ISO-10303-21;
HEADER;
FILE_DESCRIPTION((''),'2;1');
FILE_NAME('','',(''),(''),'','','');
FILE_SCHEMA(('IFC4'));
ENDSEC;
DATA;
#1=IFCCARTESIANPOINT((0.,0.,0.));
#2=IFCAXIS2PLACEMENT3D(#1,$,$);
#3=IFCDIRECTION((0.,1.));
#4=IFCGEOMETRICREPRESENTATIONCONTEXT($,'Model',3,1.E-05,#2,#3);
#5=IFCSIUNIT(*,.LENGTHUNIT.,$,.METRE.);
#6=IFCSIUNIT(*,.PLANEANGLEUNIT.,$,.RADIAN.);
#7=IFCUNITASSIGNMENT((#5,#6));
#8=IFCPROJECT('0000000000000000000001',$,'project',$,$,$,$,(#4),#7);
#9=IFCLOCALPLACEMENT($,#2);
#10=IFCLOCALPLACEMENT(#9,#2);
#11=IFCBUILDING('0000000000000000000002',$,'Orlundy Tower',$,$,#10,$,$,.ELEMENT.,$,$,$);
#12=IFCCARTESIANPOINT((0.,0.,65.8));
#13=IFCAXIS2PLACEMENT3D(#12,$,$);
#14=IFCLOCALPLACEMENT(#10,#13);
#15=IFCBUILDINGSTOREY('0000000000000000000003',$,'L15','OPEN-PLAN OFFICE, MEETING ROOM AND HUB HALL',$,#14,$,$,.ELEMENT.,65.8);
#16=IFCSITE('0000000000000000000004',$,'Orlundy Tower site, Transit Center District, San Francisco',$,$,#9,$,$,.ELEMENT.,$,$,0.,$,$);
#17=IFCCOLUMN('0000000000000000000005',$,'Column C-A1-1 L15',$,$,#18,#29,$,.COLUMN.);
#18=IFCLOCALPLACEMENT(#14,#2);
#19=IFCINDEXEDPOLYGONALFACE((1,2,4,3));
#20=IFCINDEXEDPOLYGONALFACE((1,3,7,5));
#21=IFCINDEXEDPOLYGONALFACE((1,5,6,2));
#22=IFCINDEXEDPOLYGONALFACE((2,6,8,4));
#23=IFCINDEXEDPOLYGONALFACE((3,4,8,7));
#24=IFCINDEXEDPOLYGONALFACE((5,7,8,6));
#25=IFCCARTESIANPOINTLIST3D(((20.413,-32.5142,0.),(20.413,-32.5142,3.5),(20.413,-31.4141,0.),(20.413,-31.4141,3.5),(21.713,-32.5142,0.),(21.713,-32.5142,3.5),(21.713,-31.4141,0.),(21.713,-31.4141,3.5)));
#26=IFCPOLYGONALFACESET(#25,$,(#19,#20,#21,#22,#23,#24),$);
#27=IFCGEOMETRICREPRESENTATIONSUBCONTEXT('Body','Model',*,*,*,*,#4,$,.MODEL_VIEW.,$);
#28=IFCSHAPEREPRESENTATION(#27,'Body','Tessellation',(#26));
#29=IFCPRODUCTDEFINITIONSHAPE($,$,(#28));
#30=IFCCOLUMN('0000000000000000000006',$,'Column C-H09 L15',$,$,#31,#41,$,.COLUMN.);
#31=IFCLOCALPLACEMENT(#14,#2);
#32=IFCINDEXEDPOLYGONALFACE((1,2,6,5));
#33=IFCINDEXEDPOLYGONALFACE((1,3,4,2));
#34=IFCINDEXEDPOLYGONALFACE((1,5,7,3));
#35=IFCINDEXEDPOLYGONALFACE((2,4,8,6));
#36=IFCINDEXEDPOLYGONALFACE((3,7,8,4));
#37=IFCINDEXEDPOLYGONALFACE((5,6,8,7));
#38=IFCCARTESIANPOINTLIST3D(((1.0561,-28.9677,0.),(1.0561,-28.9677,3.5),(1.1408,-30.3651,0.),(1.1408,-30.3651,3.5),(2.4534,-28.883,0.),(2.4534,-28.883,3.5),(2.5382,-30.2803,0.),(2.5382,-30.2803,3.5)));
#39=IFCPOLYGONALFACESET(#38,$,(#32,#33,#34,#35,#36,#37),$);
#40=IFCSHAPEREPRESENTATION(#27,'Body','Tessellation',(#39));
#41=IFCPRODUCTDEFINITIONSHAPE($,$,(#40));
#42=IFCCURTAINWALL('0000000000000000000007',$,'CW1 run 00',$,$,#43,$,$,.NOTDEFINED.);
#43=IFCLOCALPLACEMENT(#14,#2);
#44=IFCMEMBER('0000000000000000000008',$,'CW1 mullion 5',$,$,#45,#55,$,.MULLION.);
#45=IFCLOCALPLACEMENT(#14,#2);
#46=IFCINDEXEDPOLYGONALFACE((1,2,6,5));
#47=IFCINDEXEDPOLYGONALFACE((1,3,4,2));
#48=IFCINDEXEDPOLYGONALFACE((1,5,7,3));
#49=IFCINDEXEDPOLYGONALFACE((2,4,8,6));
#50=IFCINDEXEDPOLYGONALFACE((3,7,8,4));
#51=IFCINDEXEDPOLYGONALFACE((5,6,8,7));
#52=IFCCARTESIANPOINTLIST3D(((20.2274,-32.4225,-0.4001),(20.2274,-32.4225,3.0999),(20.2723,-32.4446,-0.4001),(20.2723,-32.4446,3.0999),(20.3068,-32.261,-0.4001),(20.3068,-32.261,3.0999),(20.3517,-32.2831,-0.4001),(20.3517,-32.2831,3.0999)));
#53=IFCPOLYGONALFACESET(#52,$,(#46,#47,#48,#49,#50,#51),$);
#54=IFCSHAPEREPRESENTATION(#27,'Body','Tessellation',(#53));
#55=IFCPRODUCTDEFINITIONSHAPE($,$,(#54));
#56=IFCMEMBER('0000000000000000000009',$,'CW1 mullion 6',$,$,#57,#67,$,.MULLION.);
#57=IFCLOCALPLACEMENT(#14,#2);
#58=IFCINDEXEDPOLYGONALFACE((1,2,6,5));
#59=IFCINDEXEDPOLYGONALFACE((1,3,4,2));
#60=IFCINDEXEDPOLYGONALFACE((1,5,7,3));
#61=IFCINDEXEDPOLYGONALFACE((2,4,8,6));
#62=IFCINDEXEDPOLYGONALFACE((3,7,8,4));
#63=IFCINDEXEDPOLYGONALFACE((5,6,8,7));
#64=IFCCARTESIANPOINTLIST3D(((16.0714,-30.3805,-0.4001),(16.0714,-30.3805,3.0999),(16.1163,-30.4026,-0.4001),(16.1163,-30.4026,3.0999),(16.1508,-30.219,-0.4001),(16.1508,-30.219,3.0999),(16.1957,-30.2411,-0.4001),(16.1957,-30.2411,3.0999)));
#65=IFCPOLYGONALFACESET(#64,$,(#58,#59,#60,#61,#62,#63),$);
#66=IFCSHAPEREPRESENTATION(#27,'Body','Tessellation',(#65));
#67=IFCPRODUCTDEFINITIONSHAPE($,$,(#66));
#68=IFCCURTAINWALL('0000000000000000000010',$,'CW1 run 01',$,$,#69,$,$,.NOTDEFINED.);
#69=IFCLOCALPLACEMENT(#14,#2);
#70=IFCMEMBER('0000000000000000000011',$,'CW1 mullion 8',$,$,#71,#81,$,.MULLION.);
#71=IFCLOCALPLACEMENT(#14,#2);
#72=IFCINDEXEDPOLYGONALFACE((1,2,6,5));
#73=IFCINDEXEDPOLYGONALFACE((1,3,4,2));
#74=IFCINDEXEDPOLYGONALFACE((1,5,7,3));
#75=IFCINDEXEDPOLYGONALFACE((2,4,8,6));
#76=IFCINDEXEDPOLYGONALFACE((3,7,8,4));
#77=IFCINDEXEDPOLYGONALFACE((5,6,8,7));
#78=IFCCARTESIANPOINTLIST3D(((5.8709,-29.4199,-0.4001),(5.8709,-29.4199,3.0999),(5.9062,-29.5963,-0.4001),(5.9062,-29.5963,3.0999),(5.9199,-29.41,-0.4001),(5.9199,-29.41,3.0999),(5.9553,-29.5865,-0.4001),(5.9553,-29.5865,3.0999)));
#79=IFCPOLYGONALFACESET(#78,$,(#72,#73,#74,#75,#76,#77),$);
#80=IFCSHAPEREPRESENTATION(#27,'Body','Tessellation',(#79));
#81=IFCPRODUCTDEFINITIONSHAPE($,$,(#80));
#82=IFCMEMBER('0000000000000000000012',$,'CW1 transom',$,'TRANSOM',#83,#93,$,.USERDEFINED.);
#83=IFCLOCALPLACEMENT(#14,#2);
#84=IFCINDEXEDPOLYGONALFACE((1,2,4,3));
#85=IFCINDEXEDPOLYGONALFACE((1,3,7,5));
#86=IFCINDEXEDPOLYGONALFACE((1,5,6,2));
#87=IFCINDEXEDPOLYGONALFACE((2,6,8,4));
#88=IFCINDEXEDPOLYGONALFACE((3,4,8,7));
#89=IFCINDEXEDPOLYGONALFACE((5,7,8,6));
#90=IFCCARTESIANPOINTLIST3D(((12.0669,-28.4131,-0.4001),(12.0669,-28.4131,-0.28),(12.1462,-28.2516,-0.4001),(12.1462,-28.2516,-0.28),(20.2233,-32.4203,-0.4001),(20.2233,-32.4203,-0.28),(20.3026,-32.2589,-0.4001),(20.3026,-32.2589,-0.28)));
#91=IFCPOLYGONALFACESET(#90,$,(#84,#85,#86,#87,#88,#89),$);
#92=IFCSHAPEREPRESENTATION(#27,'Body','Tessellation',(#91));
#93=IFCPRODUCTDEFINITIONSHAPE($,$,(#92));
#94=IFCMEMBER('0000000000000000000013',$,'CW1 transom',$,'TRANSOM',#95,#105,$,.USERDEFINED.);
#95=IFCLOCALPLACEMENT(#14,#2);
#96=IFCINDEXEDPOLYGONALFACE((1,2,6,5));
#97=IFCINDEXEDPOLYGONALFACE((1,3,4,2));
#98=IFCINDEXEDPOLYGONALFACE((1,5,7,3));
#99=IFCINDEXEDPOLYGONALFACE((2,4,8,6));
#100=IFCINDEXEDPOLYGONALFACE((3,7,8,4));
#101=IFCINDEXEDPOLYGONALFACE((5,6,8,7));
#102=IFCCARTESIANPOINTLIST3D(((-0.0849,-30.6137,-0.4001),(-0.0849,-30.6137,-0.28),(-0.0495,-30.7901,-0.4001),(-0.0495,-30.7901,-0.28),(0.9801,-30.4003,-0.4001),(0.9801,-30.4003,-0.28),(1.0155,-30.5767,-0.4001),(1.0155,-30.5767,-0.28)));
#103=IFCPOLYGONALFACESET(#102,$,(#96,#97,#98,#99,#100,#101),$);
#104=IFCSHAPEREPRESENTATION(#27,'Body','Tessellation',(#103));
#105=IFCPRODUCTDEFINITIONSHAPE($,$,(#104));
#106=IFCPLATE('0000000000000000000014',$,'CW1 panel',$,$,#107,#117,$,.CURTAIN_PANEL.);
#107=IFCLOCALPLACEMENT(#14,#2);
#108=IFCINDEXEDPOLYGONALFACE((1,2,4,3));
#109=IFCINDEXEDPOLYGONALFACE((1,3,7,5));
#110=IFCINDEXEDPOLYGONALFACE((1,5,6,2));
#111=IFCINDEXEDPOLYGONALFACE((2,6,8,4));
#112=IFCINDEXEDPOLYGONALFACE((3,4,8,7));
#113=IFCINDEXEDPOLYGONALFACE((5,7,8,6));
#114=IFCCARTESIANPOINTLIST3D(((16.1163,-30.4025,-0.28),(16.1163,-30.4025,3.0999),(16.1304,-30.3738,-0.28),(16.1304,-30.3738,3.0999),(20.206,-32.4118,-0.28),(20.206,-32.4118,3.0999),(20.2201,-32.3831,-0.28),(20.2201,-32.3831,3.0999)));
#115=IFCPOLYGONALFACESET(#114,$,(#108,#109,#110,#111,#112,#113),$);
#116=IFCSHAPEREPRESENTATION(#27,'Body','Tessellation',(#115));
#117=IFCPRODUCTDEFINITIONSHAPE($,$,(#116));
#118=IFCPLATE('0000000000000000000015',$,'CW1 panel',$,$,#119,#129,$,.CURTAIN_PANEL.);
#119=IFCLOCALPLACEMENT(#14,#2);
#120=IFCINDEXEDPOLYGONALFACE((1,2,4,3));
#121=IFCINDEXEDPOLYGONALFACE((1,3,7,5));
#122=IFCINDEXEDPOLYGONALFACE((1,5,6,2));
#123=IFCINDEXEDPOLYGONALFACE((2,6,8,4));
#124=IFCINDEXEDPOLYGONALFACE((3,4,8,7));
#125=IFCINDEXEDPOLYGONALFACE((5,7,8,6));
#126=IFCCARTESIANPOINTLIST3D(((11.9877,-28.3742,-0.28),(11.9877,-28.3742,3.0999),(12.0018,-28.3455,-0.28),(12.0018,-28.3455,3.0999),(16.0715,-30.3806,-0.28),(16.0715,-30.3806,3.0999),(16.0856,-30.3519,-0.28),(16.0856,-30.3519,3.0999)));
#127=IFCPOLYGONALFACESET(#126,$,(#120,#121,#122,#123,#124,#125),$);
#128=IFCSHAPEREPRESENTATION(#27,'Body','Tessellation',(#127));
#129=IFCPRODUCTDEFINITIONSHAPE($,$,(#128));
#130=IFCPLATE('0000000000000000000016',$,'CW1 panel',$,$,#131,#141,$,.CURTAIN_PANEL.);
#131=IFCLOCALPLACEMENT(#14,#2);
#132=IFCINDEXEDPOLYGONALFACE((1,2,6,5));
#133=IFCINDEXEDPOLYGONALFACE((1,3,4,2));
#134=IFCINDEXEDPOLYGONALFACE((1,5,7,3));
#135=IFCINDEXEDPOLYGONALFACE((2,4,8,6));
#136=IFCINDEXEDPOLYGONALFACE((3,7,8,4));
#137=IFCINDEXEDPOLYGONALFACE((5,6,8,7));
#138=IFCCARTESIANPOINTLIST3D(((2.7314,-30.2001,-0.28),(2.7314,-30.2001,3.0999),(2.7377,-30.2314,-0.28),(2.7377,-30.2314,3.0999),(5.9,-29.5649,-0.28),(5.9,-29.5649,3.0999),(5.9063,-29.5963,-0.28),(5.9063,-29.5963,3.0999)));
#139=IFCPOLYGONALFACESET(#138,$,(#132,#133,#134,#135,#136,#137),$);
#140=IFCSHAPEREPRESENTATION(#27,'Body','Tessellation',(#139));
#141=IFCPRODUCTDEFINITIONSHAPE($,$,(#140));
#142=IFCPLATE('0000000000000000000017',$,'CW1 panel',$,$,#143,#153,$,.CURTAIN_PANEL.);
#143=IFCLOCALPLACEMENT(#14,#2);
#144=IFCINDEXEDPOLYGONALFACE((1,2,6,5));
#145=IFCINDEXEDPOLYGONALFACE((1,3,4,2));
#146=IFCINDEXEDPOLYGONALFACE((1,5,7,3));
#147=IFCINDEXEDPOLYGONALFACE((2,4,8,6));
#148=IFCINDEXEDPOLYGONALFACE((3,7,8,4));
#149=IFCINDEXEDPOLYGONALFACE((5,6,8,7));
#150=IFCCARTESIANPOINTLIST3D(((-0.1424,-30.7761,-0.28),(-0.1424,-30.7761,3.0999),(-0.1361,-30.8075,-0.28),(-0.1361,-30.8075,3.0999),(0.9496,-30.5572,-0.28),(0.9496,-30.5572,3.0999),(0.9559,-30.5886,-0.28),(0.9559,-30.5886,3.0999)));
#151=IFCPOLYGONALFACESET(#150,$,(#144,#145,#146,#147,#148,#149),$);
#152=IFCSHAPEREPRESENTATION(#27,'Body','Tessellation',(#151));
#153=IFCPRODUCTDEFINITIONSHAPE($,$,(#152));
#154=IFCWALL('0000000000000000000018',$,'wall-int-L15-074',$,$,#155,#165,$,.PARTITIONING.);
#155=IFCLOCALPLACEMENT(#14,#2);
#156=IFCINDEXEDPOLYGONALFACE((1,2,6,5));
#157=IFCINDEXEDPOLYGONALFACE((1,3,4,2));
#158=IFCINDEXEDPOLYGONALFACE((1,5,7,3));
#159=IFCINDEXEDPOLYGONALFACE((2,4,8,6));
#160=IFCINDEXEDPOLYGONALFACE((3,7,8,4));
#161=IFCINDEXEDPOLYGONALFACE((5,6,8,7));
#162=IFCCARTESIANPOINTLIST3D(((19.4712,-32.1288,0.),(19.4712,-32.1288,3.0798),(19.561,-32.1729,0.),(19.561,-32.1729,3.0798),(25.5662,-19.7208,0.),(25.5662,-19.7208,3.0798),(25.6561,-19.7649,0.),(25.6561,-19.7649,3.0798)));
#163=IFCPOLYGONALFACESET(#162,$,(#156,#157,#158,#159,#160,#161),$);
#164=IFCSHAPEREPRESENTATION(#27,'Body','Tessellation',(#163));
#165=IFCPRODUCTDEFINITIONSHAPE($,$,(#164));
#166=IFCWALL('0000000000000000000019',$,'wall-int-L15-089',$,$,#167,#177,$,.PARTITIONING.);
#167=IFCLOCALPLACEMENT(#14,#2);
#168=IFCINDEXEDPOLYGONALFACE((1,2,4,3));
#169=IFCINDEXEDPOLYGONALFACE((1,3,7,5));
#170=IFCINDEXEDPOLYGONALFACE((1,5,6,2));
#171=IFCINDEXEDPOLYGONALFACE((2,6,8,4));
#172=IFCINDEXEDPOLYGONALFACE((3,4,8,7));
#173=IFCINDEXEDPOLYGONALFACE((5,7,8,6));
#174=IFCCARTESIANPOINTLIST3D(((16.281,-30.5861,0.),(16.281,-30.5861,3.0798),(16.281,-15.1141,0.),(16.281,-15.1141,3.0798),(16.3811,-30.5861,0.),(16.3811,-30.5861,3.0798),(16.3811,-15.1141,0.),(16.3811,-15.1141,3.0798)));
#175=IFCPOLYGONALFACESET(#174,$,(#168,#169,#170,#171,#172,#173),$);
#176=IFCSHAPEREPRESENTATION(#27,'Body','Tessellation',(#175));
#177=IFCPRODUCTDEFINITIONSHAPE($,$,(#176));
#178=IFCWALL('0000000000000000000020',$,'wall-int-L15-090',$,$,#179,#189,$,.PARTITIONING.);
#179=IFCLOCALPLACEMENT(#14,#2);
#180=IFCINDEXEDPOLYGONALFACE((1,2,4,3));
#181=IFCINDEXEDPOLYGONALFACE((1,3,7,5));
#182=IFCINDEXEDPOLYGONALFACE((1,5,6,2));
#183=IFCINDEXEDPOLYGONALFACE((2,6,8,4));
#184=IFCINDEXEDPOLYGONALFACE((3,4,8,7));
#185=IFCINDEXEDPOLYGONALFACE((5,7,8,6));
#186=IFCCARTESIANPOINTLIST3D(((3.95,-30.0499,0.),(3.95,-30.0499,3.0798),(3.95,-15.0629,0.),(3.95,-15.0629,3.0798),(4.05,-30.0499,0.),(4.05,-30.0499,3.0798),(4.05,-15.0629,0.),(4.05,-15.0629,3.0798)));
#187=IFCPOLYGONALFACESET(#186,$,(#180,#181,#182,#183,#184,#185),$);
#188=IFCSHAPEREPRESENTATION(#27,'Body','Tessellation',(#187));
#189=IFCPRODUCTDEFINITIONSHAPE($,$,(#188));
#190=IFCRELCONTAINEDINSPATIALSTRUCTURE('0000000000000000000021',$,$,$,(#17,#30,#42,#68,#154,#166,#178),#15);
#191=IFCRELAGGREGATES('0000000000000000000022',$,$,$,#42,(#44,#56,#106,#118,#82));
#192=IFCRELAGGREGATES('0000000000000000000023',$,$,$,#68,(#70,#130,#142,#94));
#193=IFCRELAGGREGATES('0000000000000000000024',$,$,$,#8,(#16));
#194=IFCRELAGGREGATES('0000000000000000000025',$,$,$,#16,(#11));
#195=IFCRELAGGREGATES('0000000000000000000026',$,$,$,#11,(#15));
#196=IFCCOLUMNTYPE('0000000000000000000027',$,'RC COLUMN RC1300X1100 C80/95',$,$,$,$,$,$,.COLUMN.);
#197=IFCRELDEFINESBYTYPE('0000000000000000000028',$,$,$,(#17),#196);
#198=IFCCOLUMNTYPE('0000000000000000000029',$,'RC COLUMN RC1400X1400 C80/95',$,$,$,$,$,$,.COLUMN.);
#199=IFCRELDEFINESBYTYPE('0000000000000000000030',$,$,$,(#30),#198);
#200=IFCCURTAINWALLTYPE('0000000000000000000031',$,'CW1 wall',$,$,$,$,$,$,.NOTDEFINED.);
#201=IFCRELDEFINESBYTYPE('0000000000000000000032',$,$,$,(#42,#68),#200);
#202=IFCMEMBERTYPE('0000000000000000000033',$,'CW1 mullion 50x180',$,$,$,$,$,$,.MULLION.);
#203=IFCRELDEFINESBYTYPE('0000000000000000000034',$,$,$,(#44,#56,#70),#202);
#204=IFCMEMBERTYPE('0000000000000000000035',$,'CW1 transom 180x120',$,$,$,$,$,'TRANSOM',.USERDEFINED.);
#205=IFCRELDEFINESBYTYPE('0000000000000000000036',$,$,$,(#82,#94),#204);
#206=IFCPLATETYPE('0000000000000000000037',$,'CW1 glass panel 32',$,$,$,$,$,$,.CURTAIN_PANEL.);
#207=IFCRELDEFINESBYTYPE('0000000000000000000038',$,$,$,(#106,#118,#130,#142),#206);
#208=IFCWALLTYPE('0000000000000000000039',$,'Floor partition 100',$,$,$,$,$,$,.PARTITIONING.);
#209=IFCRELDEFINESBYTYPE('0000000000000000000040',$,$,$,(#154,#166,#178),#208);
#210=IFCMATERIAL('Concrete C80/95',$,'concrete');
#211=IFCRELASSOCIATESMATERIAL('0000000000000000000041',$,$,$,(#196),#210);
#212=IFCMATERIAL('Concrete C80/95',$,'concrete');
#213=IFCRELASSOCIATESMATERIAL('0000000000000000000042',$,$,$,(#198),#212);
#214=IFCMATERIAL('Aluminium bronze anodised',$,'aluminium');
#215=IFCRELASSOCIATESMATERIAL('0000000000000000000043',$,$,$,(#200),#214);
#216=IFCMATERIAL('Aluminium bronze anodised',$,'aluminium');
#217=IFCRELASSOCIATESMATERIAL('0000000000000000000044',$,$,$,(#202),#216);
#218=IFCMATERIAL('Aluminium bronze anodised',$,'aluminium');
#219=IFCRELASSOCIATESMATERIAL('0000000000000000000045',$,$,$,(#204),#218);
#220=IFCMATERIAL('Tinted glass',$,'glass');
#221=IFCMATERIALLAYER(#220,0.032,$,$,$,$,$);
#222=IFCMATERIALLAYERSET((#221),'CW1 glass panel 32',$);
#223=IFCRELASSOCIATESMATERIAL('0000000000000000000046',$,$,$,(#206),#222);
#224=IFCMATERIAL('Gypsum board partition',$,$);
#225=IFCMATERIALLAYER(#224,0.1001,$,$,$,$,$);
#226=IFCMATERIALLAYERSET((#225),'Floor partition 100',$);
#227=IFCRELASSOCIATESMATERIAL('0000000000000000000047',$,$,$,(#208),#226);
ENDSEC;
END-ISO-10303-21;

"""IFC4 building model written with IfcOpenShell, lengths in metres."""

from ifc_helpers import new_model, si_unit, direction, frame, frame_2d, origin, origin_2d, place, context, subcontext, project, spatial, rectangle, extrude, material, layer, layer_set, material_profile, profile_set, type_object, element, aggregate, save


model = new_model("IFC4")

# Units and contexts
model_context = context("Model", 3, precision=1e-05, world=origin(), true_north=direction((0.0, 1.0)))
body_context = subcontext(model_context, "Body", "Model", "MODEL_VIEW")
ifc_project = project(units=[si_unit("LENGTHUNIT", "METRE"), si_unit("PLANEANGLEUNIT", "RADIAN")], contexts=[model_context])

# Site, building, storey
site_placement = place(None, origin())
site = spatial("IfcSite", under=ifc_project, at=site_placement, Name="Orlundy Tower site, Transit Center District, San Francisco", CompositionType="ELEMENT", RefElevation=0.0)
building_placement = place(site_placement, origin())
building = spatial("IfcBuilding", under=site, at=building_placement, Name="Orlundy Tower", CompositionType="ELEMENT")
storey_placement = place(building_placement, frame((0.0, 0.0, 65.8)))
storey = spatial("IfcBuildingStorey", under=building, at=storey_placement, Name="L15", Description="OPEN-PLAN OFFICE, MEETING ROOM AND HUB HALL", CompositionType="ELEMENT", Elevation=65.8)

# Columns
ifc_material_1 = material(Name="Concrete C80/95", Category="concrete")
ifc_material_profile_1 = material_profile(ifc_material_1, rectangle(XDim=1.3, YDim=1.1001, at=origin_2d()), Name="RC1300X1100")
ifc_profile_set_1 = profile_set([ifc_material_profile_1], Name="Concrete C80/95")
column_type_1 = type_object("IfcColumnType", Name="RC COLUMN RC1300X1100 C80/95", PredefinedType="COLUMN", material=ifc_profile_set_1)
column_1_placement = place(storey_placement, frame((21.063, -31.9641, 0.0), z_axis=(0.0, 0.0, 1.0), x_axis=(1.0, 0.0, 0.0)))
element("IfcColumn", 1, at=column_1_placement, inside=storey, type_object=column_type_1, Name="Column C-A1-1 L15", PredefinedType="COLUMN", context=body_context, shape_type="SweptSolid", body=[
    extrude(rectangle(XDim=1.3, YDim=1.1001, at=origin_2d()), origin(), (0.0, 0.0, 1.0), 3.5),
])
ifc_material_2 = material(Name="Concrete C80/95", Category="concrete")
ifc_material_profile_2 = material_profile(ifc_material_2, rectangle(XDim=1.3999, YDim=1.3999, at=origin_2d()), Name="RC1400X1400")
ifc_profile_set_2 = profile_set([ifc_material_profile_2], Name="Concrete C80/95")
column_type_2 = type_object("IfcColumnType", Name="RC COLUMN RC1400X1400 C80/95", PredefinedType="COLUMN", material=ifc_profile_set_2)
column_2_placement = place(storey_placement, frame((1.7971, -29.624, 0.0), z_axis=(0.0, 0.0, 1.0), x_axis=(0.060543, -0.998166, 0.0)))
element("IfcColumn", 2, at=column_2_placement, inside=storey, type_object=column_type_2, Name="Column C-H09 L15", PredefinedType="COLUMN", context=body_context, shape_type="SweptSolid", body=[
    extrude(rectangle(XDim=1.3999, YDim=1.3999, at=origin_2d()), origin(), (0.0, 0.0, 1.0), 3.5),
])

# Curtain wall, members
ifc_material_3 = material(Name="Aluminium bronze anodised", Category="aluminium")
curtain_wall_type = type_object("IfcCurtainWallType", Name="CW1 wall", PredefinedType="NOTDEFINED", material=ifc_material_3)
curtain_wall_1_placement = place(storey_placement, origin())
curtain_wall_1 = element("IfcCurtainWall", 3, at=curtain_wall_1_placement, inside=storey, type_object=curtain_wall_type, Name="CW1 run 00", PredefinedType="NOTDEFINED")
ifc_material_4 = material(Name="Aluminium bronze anodised", Category="aluminium")
ifc_material_profile_3 = material_profile(ifc_material_4, rectangle(XDim=0.1799, YDim=0.05, at=origin_2d()), Name="CW1 mullion 50x180")
ifc_profile_set_3 = profile_set([ifc_material_profile_3], Name="Aluminium bronze anodised")
member_type_1 = type_object("IfcMemberType", Name="CW1 mullion 50x180", PredefinedType="MULLION", material=ifc_profile_set_3)
member_1_placement = place(storey_placement, frame((20.2896, -32.3528, -0.4001), z_axis=(0.0, 0.0, 1.0), x_axis=(-0.440969, -0.897522, 0.0)))
member_1 = element("IfcMember", 4, at=member_1_placement, type_object=member_type_1, Name="CW1 mullion 5", PredefinedType="MULLION", context=body_context, shape_type="SweptSolid", body=[
    extrude(rectangle(XDim=0.1799, YDim=0.05, at=origin_2d()), origin(), (0.0, 0.0, 1.0), 3.5),
])
member_2_placement = place(storey_placement, frame((16.1335, -30.3108, -0.4001), z_axis=(0.0, 0.0, 1.0), x_axis=(-0.440969, -0.897522, 0.0)))
member_2 = element("IfcMember", 5, at=member_2_placement, type_object=member_type_1, Name="CW1 mullion 6", PredefinedType="MULLION", context=body_context, shape_type="SweptSolid", body=[
    extrude(rectangle(XDim=0.1799, YDim=0.05, at=origin_2d()), origin(), (0.0, 0.0, 1.0), 3.5),
])

# Curtain wall, member
curtain_wall_2_placement = place(storey_placement, origin())
curtain_wall_2 = element("IfcCurtainWall", 6, at=curtain_wall_2_placement, inside=storey, type_object=curtain_wall_type, Name="CW1 run 01", PredefinedType="NOTDEFINED")
member_3_placement = place(storey_placement, frame((5.9131, -29.5032, -0.4001), z_axis=(0.0, 0.0, 1.0), x_axis=(0.196532, -0.980497, 0.0)))
member_3 = element("IfcMember", 7, at=member_3_placement, type_object=member_type_1, Name="CW1 mullion 8", PredefinedType="MULLION", context=body_context, shape_type="SweptSolid", body=[
    extrude(rectangle(XDim=0.1799, YDim=0.05, at=origin_2d()), origin(), (0.0, 0.0, 1.0), 3.5),
])

# Members
ifc_material_5 = material(Name="Aluminium bronze anodised", Category="aluminium")
ifc_material_profile_4 = material_profile(ifc_material_5, rectangle(XDim=0.1799, YDim=0.1201, at=origin_2d()), Name="CW1 transom 180x120")
ifc_profile_set_4 = profile_set([ifc_material_profile_4], Name="Aluminium bronze anodised")
member_type_2 = type_object("IfcMemberType", Name="CW1 transom 180x120", ElementType="TRANSOM", PredefinedType="USERDEFINED", material=ifc_profile_set_4)
member_4_placement = place(storey_placement, frame((20.2629, -32.3396, -0.3401), z_axis=(-0.897527, 0.440959, 0.0), x_axis=(-0.440959, -0.897527, 0.0)))
member_4 = element("IfcMember", 8, at=member_4_placement, type_object=member_type_2, Name="CW1 transom", ObjectType="TRANSOM", PredefinedType="USERDEFINED", context=body_context, shape_type="SweptSolid", body=[
    extrude(rectangle(XDim=0.1799, YDim=0.1201, at=origin_2d()), origin(), (0.0, 0.0, 1.0), 9.0876),
])
member_5_placement = place(storey_placement, frame((0.9978, -30.4885, -0.3401), z_axis=(-0.980511, -0.196462, 0.0), x_axis=(0.196462, -0.980511, 0.0)))
member_5 = element("IfcMember", 9, at=member_5_placement, type_object=member_type_2, Name="CW1 transom", ObjectType="TRANSOM", PredefinedType="USERDEFINED", context=body_context, shape_type="SweptSolid", body=[
    extrude(rectangle(XDim=0.1799, YDim=0.1201, at=origin_2d()), origin(), (0.0, 0.0, 1.0), 1.0862),
])

# Plates
ifc_material_6 = material(Name="Tinted glass", Category="glass")
ifc_layer_1 = layer(ifc_material_6, 0.032)
ifc_layer_set_1 = layer_set([ifc_layer_1], Name="CW1 glass panel 32")
plate_type = type_object("IfcPlateType", Name="CW1 glass panel 32", PredefinedType="CURTAIN_PANEL", material=ifc_layer_set_1)
plate_1_placement = place(storey_placement, frame((18.1682, -31.3928, -0.28), z_axis=(0.0, 0.0, 1.0), x_axis=(-0.897522, 0.440969, 0.0)))
plate_1 = element("IfcPlate", 10, at=plate_1_placement, type_object=plate_type, Name="CW1 panel", PredefinedType="CURTAIN_PANEL", context=body_context, shape_type="SweptSolid", body=[
    extrude(rectangle(XDim=4.5566, YDim=0.032, at=origin_2d()), origin(), (0.0, 0.0, 1.0), 3.3799),
])
plate_2_placement = place(storey_placement, frame((14.0366, -29.363, -0.28), z_axis=(0.0, 0.0, 1.0), x_axis=(-0.897522, 0.440969, 0.0)))
plate_2 = element("IfcPlate", 11, at=plate_2_placement, type_object=plate_type, Name="CW1 panel", PredefinedType="CURTAIN_PANEL", context=body_context, shape_type="SweptSolid", body=[
    extrude(rectangle(XDim=4.55, YDim=0.032, at=origin_2d()), origin(), (0.0, 0.0, 1.0), 3.3799),
])
aggregate(curtain_wall_1, [member_1, member_2, plate_1, plate_2, member_4])
plate_3_placement = place(storey_placement, frame((4.3188, -29.8982, -0.28), z_axis=(0.0, 0.0, 1.0), x_axis=(-0.980497, -0.196532, 0.0)))
plate_3 = element("IfcPlate", 12, at=plate_3_placement, type_object=plate_type, Name="CW1 panel", PredefinedType="CURTAIN_PANEL", context=body_context, shape_type="SweptSolid", body=[
    extrude(rectangle(XDim=3.2317, YDim=0.032, at=origin_2d()), origin(), (0.0, 0.0, 1.0), 3.3799),
])
plate_4_placement = place(storey_placement, frame((0.4067, -30.6824, -0.28), z_axis=(0.0, 0.0, 1.0), x_axis=(-0.980497, -0.196532, 0.0)))
plate_4 = element("IfcPlate", 13, at=plate_4_placement, type_object=plate_type, Name="CW1 panel", PredefinedType="CURTAIN_PANEL", context=body_context, shape_type="SweptSolid", body=[
    extrude(rectangle(XDim=1.1138, YDim=0.032, at=origin_2d()), origin(), (0.0, 0.0, 1.0), 3.3799),
])
aggregate(curtain_wall_2, [member_3, plate_3, plate_4, member_5])

# Walls
ifc_material_7 = material(Name="Gypsum board partition")
ifc_layer_2 = layer(ifc_material_7, 0.1001)
ifc_layer_set_2 = layer_set([ifc_layer_2], Name="Floor partition 100")
wall_type = type_object("IfcWallType", Name="Floor partition 100", PredefinedType="PARTITIONING", material=ifc_layer_set_2)
wall_1_placement = place(storey_placement, frame((19.5161, -32.1509, 0.0), z_axis=(0.0, 0.0, 1.0), x_axis=(0.440894, 0.897559, 0.0)))
element("IfcWall", 14, at=wall_1_placement, inside=storey, type_object=wall_type, Name="wall-int-L15-074", PredefinedType="PARTITIONING", context=body_context, shape_type="SweptSolid", body=[
    extrude(rectangle(XDim=13.8242, YDim=0.1001, at=frame_2d((6.9121, 0.0))), origin(), (0.0, 0.0, 1.0), 3.0798),
])
wall_2_placement = place(storey_placement, frame((16.3311, -30.5859, 0.0), z_axis=(0.0, 0.0, 1.0), x_axis=(0.0, 1.0, 0.0)))
element("IfcWall", 15, at=wall_2_placement, inside=storey, type_object=wall_type, Name="wall-int-L15-089", PredefinedType="PARTITIONING", context=body_context, shape_type="SweptSolid", body=[
    extrude(rectangle(XDim=15.4719, YDim=0.1001, at=frame_2d((7.7358, 0.0))), origin(), (0.0, 0.0, 1.0), 3.0798),
])
wall_3_placement = place(storey_placement, frame((4.0, -30.05, 0.0), z_axis=(0.0, 0.0, 1.0), x_axis=(0.0, 1.0, 0.0)))
element("IfcWall", 16, at=wall_3_placement, inside=storey, type_object=wall_type, Name="wall-int-L15-090", PredefinedType="PARTITIONING", context=body_context, shape_type="SweptSolid", body=[
    extrude(rectangle(XDim=14.9871, YDim=0.1001, at=frame_2d((7.4937, 0.0))), origin(), (0.0, 0.0, 1.0), 3.0798),
])

save(model, "model.ifc")
